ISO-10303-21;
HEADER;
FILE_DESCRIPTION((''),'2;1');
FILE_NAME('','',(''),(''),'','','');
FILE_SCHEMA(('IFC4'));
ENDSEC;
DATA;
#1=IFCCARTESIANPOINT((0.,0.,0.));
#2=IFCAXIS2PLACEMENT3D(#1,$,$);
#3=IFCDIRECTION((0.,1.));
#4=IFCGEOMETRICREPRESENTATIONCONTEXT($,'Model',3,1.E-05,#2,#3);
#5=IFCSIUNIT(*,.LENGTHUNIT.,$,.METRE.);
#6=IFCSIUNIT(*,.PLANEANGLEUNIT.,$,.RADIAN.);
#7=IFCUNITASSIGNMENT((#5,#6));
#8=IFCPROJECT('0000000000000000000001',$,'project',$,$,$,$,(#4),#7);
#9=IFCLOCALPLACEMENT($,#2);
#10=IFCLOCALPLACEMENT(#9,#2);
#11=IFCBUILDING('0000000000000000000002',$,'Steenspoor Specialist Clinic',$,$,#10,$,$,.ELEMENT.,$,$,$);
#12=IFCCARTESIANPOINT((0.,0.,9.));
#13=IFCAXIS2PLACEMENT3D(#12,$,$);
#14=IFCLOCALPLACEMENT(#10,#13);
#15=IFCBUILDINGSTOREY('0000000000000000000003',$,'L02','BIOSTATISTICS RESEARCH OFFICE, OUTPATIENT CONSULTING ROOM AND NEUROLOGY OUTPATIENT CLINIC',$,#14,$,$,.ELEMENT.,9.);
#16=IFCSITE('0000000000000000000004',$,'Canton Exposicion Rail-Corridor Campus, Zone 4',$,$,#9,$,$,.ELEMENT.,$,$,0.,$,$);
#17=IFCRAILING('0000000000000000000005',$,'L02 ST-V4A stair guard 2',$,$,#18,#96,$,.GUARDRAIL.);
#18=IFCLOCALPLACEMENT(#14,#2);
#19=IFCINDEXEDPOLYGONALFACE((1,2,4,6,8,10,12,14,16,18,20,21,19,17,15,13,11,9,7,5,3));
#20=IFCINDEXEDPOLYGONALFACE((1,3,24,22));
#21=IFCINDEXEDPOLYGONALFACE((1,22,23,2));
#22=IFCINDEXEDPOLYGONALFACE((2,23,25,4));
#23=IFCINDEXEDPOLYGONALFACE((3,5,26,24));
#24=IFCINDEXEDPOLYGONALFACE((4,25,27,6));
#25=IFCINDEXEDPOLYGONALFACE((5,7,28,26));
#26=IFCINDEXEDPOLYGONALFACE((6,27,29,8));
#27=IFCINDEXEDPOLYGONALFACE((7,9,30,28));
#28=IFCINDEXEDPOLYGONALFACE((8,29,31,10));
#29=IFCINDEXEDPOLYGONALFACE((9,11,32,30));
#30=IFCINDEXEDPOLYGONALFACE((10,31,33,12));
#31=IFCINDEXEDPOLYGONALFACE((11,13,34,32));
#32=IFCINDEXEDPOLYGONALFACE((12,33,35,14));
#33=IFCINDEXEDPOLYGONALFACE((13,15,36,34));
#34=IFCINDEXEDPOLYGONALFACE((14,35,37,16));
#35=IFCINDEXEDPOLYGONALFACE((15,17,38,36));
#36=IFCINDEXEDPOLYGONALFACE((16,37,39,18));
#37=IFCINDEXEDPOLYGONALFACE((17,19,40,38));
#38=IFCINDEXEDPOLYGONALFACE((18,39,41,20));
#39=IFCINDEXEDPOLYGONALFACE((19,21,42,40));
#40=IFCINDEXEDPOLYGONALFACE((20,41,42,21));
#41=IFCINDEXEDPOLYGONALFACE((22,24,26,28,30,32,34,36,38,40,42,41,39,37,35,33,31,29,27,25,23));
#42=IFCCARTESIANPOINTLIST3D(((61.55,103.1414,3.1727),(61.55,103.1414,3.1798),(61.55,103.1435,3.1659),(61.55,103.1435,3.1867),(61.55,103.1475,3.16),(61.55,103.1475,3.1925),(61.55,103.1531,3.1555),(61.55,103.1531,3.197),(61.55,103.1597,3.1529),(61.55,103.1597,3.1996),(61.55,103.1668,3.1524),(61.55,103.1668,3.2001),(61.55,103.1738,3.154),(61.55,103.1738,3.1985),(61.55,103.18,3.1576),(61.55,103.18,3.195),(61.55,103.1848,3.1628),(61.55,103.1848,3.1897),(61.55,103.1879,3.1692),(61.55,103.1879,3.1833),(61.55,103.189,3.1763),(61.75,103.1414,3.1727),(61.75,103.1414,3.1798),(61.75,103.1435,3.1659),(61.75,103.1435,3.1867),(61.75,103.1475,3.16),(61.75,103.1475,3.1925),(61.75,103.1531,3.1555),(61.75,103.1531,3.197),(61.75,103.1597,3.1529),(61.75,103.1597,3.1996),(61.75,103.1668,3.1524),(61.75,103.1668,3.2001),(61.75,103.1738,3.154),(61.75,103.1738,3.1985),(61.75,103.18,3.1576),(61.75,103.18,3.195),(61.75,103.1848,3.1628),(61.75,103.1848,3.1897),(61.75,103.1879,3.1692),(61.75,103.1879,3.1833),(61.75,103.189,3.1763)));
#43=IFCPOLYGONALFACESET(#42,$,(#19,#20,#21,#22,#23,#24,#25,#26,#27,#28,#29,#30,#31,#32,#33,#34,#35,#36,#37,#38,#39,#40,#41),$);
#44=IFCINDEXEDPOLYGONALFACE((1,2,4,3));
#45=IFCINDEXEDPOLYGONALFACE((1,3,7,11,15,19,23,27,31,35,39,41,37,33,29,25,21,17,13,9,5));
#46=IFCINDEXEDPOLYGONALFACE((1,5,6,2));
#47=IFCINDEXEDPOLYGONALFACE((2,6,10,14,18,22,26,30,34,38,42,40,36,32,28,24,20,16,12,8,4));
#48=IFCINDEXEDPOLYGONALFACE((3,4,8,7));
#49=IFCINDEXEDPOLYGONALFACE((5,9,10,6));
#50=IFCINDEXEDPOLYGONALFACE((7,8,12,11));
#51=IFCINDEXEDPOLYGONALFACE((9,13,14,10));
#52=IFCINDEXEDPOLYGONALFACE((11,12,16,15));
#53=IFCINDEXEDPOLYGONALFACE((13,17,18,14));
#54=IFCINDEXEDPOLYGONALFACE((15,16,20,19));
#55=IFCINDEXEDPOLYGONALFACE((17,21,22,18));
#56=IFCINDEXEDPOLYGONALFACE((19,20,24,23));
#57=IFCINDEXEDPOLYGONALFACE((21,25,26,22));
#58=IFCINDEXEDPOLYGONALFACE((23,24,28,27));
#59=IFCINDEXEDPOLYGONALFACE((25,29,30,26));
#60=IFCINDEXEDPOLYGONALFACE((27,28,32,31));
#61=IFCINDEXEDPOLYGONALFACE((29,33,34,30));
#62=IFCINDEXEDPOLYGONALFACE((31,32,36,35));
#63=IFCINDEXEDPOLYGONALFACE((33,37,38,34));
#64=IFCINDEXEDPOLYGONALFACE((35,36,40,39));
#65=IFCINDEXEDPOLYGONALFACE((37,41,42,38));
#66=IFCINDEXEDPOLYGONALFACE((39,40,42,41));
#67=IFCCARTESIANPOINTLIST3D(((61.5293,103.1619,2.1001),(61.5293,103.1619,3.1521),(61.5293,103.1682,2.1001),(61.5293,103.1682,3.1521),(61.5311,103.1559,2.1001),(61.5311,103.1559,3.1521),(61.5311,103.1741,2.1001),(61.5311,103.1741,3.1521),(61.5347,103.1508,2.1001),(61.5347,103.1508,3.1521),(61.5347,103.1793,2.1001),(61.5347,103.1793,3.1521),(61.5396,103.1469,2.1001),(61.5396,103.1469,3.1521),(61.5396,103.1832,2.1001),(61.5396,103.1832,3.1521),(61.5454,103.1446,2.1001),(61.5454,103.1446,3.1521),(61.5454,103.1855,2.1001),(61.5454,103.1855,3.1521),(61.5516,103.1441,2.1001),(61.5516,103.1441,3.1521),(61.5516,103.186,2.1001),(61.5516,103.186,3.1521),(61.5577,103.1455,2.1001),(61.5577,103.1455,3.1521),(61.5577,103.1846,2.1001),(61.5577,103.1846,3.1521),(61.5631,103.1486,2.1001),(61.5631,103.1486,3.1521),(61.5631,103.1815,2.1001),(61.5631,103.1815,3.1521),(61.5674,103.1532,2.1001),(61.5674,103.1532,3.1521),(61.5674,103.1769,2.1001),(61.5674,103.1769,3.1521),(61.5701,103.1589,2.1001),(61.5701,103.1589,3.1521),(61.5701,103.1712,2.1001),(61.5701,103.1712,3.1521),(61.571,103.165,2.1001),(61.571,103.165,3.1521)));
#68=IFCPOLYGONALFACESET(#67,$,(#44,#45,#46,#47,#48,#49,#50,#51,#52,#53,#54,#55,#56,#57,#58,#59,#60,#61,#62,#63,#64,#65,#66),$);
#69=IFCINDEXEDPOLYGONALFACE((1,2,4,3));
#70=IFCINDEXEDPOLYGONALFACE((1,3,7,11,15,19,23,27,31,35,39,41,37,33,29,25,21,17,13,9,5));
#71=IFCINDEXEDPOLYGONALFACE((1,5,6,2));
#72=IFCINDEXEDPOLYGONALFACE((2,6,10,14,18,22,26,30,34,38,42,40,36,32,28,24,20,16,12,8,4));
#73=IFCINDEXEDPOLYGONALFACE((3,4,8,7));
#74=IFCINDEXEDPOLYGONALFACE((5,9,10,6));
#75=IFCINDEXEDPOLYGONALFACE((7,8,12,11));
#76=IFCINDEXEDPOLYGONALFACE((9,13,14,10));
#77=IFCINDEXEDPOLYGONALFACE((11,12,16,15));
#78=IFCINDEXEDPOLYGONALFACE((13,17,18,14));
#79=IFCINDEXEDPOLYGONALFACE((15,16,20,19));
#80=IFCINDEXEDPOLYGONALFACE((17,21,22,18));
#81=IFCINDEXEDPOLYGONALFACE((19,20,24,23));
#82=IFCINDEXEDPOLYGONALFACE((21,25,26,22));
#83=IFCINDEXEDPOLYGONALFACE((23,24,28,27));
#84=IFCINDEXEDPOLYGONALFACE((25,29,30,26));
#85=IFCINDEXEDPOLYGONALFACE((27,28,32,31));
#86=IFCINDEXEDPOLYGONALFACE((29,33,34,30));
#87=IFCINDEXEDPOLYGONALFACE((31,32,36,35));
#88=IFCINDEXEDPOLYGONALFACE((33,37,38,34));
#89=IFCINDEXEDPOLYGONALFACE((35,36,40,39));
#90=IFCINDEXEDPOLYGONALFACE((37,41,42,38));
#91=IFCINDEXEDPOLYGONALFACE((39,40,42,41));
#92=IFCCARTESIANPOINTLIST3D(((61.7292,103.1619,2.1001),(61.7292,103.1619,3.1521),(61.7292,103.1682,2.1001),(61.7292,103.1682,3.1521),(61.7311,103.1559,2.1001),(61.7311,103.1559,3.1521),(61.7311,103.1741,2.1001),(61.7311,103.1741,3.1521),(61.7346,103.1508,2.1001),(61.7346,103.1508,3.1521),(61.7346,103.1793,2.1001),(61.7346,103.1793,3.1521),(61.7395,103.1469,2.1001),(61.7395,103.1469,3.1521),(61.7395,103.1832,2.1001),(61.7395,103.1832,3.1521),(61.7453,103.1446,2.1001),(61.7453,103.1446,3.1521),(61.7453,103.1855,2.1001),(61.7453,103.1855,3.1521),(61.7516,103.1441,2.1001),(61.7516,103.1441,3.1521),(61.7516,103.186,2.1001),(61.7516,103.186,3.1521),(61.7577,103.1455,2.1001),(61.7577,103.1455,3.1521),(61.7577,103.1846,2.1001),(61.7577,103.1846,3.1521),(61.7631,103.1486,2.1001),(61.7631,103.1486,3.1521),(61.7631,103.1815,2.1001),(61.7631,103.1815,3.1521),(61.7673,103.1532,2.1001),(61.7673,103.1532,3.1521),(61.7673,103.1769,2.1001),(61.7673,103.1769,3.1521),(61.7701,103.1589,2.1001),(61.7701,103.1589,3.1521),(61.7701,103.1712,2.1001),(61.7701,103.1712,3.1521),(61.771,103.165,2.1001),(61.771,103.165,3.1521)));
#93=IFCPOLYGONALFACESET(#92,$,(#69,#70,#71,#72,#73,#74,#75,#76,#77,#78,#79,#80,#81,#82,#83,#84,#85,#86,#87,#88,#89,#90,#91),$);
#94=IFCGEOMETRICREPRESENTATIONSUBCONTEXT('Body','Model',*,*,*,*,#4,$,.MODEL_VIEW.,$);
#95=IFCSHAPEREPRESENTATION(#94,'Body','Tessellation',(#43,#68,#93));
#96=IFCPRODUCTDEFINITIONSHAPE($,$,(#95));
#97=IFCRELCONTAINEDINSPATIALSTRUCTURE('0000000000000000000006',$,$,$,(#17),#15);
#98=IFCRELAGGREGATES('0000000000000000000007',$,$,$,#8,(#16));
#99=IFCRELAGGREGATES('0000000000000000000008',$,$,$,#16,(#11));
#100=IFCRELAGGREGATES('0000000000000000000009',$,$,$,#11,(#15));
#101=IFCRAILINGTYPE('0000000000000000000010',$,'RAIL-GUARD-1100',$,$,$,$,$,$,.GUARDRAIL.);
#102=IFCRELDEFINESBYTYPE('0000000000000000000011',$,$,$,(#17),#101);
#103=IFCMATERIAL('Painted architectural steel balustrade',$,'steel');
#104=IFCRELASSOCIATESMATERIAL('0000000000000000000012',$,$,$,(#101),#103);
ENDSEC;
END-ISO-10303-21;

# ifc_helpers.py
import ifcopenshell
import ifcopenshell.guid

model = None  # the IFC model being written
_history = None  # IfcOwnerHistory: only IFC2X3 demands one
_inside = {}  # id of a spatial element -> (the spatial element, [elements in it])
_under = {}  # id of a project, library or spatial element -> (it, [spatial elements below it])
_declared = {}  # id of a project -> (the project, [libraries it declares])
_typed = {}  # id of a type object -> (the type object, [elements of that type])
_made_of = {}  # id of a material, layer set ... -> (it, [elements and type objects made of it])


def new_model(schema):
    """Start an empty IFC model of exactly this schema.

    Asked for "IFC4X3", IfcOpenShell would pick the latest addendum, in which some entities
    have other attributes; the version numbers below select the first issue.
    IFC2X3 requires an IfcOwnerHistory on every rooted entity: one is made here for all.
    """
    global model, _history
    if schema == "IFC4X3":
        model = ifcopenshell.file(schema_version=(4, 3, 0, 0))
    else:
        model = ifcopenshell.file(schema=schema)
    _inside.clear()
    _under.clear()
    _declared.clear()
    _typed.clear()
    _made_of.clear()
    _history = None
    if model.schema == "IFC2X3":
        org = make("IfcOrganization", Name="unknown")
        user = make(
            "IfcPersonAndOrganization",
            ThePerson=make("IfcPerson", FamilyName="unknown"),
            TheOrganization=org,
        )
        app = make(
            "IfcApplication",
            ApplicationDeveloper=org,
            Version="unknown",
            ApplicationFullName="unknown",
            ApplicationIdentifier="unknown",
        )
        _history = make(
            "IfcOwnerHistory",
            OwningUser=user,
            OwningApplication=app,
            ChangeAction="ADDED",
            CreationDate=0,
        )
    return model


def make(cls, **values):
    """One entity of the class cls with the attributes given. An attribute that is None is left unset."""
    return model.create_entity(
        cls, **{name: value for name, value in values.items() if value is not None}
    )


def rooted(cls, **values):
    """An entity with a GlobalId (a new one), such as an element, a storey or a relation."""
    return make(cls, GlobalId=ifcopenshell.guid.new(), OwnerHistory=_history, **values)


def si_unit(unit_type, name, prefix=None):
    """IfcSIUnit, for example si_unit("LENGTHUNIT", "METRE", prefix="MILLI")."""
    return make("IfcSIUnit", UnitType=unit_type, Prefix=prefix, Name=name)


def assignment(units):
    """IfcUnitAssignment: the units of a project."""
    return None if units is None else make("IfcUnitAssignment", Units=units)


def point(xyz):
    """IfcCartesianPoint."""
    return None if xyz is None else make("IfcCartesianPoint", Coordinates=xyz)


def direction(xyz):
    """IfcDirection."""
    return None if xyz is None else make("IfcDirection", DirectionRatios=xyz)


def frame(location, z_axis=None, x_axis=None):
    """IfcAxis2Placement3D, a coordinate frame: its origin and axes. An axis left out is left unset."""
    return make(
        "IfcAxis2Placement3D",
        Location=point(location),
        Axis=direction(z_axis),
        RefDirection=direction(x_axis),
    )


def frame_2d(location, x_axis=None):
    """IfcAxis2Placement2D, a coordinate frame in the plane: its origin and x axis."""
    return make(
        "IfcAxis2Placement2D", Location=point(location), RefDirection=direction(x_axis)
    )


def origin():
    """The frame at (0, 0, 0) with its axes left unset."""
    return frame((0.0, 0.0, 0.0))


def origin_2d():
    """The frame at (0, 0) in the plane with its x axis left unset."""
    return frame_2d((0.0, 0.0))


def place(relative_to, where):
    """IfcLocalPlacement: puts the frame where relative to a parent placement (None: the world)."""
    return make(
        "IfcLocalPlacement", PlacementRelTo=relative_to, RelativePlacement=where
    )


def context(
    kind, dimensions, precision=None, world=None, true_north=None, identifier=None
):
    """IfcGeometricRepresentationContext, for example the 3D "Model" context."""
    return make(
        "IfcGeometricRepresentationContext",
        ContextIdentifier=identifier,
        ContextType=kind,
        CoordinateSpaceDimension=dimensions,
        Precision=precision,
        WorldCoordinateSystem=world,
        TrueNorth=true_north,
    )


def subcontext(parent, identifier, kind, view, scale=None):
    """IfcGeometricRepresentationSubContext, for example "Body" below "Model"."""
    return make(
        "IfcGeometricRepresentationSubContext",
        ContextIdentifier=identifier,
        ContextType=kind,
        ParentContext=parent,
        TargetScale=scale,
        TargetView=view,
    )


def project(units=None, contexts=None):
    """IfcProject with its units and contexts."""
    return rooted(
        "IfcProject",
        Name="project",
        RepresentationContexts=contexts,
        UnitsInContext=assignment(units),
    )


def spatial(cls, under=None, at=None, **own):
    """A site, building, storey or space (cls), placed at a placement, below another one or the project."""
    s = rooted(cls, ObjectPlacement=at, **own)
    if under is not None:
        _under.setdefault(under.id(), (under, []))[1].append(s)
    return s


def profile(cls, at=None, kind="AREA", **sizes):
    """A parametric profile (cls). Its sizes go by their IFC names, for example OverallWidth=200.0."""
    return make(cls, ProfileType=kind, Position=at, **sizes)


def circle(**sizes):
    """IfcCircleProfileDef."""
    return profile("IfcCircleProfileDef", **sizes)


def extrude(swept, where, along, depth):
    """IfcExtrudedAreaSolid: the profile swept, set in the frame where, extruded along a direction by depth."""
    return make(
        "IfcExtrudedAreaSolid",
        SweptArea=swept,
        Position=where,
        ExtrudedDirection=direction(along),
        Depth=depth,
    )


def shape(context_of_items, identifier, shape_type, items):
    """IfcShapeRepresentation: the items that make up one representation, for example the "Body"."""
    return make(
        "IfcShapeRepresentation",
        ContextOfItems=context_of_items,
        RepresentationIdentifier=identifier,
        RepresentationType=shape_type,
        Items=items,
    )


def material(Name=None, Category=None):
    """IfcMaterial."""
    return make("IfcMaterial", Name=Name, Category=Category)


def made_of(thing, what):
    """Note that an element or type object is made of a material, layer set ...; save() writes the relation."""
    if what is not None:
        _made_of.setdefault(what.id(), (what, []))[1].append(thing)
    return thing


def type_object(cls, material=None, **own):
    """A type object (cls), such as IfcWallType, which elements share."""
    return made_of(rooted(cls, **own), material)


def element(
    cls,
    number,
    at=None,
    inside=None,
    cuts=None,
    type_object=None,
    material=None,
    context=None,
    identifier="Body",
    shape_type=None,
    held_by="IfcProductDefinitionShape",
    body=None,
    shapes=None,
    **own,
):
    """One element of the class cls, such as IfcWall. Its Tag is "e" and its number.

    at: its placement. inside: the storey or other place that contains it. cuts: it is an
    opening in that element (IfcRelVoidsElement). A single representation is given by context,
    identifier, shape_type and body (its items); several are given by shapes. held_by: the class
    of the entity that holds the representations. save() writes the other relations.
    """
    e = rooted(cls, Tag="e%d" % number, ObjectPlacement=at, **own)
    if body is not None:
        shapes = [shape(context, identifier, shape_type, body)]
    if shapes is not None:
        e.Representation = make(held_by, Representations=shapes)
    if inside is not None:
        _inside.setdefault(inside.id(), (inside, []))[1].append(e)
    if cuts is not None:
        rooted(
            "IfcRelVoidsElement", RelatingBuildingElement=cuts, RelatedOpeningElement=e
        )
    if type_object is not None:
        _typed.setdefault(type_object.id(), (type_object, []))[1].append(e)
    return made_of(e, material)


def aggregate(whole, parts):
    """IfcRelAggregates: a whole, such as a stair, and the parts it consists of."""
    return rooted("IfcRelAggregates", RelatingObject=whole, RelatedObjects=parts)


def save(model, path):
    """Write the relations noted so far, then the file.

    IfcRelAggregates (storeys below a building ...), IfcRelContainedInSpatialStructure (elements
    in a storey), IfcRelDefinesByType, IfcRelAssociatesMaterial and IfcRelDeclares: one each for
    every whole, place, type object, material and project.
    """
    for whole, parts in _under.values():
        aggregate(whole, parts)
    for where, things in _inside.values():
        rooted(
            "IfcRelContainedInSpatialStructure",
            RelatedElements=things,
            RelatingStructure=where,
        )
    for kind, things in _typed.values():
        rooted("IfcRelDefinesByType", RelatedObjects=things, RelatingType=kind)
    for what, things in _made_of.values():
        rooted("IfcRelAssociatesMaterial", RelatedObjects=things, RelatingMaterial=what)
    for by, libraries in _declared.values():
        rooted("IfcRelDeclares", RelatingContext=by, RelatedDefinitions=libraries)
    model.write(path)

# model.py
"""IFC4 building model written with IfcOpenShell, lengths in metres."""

from ifc_helpers import new_model, si_unit, direction, frame, origin, origin_2d, place, context, subcontext, project, spatial, circle, extrude, material, type_object, element, save


model = new_model("IFC4")

# Units and contexts
model_context = context("Model", 3, precision=1e-05, world=origin(), true_north=direction((0.0, 1.0)))
body_context = subcontext(model_context, "Body", "Model", "MODEL_VIEW")
ifc_project = project(units=[si_unit("LENGTHUNIT", "METRE"), si_unit("PLANEANGLEUNIT", "RADIAN")], contexts=[model_context])

# Site, building, storey
site_placement = place(None, origin())
site = spatial("IfcSite", under=ifc_project, at=site_placement, Name="Canton Exposicion Rail-Corridor Campus, Zone 4", CompositionType="ELEMENT", RefElevation=0.0)
building_placement = place(site_placement, origin())
building = spatial("IfcBuilding", under=site, at=building_placement, Name="Steenspoor Specialist Clinic", CompositionType="ELEMENT")
storey_placement = place(building_placement, frame((0.0, 0.0, 9.0)))
storey = spatial("IfcBuildingStorey", under=building, at=storey_placement, Name="L02", Description="BIOSTATISTICS RESEARCH OFFICE, OUTPATIENT CONSULTING ROOM AND NEUROLOGY OUTPATIENT CLINIC", CompositionType="ELEMENT", Elevation=9.0)

# Railing
ifc_material_1 = material(Name="Painted architectural steel balustrade", Category="steel")
railing_type_1 = type_object("IfcRailingType", Name="RAIL-GUARD-1100", PredefinedType="GUARDRAIL", material=ifc_material_1)
railing_1_placement = place(storey_placement, frame((61.55, 103.165, 2.1001)))
element("IfcRailing", 1, at=railing_1_placement, inside=storey, type_object=railing_type_1, Name="L02 ST-V4A stair guard 2", PredefinedType="GUARDRAIL", context=body_context, shape_type="SweptSolid", body=[
    extrude(circle(Radius=0.0239, at=origin_2d()), frame((0.0, 0.0, 1.0762), z_axis=(1.0, 0.0, 0.0), x_axis=(0.0, 1.0, 0.0)), (0.0, 0.0, 1.0), 0.2),
    extrude(circle(Radius=0.021, at=origin_2d()), origin(), (0.0, 0.0, 1.0), 1.052),
    extrude(circle(Radius=0.021, at=origin_2d()), frame((0.2, 0.0, 0.0)), (0.0, 0.0, 1.0), 1.052),
])

save(model, "model.ifc")
